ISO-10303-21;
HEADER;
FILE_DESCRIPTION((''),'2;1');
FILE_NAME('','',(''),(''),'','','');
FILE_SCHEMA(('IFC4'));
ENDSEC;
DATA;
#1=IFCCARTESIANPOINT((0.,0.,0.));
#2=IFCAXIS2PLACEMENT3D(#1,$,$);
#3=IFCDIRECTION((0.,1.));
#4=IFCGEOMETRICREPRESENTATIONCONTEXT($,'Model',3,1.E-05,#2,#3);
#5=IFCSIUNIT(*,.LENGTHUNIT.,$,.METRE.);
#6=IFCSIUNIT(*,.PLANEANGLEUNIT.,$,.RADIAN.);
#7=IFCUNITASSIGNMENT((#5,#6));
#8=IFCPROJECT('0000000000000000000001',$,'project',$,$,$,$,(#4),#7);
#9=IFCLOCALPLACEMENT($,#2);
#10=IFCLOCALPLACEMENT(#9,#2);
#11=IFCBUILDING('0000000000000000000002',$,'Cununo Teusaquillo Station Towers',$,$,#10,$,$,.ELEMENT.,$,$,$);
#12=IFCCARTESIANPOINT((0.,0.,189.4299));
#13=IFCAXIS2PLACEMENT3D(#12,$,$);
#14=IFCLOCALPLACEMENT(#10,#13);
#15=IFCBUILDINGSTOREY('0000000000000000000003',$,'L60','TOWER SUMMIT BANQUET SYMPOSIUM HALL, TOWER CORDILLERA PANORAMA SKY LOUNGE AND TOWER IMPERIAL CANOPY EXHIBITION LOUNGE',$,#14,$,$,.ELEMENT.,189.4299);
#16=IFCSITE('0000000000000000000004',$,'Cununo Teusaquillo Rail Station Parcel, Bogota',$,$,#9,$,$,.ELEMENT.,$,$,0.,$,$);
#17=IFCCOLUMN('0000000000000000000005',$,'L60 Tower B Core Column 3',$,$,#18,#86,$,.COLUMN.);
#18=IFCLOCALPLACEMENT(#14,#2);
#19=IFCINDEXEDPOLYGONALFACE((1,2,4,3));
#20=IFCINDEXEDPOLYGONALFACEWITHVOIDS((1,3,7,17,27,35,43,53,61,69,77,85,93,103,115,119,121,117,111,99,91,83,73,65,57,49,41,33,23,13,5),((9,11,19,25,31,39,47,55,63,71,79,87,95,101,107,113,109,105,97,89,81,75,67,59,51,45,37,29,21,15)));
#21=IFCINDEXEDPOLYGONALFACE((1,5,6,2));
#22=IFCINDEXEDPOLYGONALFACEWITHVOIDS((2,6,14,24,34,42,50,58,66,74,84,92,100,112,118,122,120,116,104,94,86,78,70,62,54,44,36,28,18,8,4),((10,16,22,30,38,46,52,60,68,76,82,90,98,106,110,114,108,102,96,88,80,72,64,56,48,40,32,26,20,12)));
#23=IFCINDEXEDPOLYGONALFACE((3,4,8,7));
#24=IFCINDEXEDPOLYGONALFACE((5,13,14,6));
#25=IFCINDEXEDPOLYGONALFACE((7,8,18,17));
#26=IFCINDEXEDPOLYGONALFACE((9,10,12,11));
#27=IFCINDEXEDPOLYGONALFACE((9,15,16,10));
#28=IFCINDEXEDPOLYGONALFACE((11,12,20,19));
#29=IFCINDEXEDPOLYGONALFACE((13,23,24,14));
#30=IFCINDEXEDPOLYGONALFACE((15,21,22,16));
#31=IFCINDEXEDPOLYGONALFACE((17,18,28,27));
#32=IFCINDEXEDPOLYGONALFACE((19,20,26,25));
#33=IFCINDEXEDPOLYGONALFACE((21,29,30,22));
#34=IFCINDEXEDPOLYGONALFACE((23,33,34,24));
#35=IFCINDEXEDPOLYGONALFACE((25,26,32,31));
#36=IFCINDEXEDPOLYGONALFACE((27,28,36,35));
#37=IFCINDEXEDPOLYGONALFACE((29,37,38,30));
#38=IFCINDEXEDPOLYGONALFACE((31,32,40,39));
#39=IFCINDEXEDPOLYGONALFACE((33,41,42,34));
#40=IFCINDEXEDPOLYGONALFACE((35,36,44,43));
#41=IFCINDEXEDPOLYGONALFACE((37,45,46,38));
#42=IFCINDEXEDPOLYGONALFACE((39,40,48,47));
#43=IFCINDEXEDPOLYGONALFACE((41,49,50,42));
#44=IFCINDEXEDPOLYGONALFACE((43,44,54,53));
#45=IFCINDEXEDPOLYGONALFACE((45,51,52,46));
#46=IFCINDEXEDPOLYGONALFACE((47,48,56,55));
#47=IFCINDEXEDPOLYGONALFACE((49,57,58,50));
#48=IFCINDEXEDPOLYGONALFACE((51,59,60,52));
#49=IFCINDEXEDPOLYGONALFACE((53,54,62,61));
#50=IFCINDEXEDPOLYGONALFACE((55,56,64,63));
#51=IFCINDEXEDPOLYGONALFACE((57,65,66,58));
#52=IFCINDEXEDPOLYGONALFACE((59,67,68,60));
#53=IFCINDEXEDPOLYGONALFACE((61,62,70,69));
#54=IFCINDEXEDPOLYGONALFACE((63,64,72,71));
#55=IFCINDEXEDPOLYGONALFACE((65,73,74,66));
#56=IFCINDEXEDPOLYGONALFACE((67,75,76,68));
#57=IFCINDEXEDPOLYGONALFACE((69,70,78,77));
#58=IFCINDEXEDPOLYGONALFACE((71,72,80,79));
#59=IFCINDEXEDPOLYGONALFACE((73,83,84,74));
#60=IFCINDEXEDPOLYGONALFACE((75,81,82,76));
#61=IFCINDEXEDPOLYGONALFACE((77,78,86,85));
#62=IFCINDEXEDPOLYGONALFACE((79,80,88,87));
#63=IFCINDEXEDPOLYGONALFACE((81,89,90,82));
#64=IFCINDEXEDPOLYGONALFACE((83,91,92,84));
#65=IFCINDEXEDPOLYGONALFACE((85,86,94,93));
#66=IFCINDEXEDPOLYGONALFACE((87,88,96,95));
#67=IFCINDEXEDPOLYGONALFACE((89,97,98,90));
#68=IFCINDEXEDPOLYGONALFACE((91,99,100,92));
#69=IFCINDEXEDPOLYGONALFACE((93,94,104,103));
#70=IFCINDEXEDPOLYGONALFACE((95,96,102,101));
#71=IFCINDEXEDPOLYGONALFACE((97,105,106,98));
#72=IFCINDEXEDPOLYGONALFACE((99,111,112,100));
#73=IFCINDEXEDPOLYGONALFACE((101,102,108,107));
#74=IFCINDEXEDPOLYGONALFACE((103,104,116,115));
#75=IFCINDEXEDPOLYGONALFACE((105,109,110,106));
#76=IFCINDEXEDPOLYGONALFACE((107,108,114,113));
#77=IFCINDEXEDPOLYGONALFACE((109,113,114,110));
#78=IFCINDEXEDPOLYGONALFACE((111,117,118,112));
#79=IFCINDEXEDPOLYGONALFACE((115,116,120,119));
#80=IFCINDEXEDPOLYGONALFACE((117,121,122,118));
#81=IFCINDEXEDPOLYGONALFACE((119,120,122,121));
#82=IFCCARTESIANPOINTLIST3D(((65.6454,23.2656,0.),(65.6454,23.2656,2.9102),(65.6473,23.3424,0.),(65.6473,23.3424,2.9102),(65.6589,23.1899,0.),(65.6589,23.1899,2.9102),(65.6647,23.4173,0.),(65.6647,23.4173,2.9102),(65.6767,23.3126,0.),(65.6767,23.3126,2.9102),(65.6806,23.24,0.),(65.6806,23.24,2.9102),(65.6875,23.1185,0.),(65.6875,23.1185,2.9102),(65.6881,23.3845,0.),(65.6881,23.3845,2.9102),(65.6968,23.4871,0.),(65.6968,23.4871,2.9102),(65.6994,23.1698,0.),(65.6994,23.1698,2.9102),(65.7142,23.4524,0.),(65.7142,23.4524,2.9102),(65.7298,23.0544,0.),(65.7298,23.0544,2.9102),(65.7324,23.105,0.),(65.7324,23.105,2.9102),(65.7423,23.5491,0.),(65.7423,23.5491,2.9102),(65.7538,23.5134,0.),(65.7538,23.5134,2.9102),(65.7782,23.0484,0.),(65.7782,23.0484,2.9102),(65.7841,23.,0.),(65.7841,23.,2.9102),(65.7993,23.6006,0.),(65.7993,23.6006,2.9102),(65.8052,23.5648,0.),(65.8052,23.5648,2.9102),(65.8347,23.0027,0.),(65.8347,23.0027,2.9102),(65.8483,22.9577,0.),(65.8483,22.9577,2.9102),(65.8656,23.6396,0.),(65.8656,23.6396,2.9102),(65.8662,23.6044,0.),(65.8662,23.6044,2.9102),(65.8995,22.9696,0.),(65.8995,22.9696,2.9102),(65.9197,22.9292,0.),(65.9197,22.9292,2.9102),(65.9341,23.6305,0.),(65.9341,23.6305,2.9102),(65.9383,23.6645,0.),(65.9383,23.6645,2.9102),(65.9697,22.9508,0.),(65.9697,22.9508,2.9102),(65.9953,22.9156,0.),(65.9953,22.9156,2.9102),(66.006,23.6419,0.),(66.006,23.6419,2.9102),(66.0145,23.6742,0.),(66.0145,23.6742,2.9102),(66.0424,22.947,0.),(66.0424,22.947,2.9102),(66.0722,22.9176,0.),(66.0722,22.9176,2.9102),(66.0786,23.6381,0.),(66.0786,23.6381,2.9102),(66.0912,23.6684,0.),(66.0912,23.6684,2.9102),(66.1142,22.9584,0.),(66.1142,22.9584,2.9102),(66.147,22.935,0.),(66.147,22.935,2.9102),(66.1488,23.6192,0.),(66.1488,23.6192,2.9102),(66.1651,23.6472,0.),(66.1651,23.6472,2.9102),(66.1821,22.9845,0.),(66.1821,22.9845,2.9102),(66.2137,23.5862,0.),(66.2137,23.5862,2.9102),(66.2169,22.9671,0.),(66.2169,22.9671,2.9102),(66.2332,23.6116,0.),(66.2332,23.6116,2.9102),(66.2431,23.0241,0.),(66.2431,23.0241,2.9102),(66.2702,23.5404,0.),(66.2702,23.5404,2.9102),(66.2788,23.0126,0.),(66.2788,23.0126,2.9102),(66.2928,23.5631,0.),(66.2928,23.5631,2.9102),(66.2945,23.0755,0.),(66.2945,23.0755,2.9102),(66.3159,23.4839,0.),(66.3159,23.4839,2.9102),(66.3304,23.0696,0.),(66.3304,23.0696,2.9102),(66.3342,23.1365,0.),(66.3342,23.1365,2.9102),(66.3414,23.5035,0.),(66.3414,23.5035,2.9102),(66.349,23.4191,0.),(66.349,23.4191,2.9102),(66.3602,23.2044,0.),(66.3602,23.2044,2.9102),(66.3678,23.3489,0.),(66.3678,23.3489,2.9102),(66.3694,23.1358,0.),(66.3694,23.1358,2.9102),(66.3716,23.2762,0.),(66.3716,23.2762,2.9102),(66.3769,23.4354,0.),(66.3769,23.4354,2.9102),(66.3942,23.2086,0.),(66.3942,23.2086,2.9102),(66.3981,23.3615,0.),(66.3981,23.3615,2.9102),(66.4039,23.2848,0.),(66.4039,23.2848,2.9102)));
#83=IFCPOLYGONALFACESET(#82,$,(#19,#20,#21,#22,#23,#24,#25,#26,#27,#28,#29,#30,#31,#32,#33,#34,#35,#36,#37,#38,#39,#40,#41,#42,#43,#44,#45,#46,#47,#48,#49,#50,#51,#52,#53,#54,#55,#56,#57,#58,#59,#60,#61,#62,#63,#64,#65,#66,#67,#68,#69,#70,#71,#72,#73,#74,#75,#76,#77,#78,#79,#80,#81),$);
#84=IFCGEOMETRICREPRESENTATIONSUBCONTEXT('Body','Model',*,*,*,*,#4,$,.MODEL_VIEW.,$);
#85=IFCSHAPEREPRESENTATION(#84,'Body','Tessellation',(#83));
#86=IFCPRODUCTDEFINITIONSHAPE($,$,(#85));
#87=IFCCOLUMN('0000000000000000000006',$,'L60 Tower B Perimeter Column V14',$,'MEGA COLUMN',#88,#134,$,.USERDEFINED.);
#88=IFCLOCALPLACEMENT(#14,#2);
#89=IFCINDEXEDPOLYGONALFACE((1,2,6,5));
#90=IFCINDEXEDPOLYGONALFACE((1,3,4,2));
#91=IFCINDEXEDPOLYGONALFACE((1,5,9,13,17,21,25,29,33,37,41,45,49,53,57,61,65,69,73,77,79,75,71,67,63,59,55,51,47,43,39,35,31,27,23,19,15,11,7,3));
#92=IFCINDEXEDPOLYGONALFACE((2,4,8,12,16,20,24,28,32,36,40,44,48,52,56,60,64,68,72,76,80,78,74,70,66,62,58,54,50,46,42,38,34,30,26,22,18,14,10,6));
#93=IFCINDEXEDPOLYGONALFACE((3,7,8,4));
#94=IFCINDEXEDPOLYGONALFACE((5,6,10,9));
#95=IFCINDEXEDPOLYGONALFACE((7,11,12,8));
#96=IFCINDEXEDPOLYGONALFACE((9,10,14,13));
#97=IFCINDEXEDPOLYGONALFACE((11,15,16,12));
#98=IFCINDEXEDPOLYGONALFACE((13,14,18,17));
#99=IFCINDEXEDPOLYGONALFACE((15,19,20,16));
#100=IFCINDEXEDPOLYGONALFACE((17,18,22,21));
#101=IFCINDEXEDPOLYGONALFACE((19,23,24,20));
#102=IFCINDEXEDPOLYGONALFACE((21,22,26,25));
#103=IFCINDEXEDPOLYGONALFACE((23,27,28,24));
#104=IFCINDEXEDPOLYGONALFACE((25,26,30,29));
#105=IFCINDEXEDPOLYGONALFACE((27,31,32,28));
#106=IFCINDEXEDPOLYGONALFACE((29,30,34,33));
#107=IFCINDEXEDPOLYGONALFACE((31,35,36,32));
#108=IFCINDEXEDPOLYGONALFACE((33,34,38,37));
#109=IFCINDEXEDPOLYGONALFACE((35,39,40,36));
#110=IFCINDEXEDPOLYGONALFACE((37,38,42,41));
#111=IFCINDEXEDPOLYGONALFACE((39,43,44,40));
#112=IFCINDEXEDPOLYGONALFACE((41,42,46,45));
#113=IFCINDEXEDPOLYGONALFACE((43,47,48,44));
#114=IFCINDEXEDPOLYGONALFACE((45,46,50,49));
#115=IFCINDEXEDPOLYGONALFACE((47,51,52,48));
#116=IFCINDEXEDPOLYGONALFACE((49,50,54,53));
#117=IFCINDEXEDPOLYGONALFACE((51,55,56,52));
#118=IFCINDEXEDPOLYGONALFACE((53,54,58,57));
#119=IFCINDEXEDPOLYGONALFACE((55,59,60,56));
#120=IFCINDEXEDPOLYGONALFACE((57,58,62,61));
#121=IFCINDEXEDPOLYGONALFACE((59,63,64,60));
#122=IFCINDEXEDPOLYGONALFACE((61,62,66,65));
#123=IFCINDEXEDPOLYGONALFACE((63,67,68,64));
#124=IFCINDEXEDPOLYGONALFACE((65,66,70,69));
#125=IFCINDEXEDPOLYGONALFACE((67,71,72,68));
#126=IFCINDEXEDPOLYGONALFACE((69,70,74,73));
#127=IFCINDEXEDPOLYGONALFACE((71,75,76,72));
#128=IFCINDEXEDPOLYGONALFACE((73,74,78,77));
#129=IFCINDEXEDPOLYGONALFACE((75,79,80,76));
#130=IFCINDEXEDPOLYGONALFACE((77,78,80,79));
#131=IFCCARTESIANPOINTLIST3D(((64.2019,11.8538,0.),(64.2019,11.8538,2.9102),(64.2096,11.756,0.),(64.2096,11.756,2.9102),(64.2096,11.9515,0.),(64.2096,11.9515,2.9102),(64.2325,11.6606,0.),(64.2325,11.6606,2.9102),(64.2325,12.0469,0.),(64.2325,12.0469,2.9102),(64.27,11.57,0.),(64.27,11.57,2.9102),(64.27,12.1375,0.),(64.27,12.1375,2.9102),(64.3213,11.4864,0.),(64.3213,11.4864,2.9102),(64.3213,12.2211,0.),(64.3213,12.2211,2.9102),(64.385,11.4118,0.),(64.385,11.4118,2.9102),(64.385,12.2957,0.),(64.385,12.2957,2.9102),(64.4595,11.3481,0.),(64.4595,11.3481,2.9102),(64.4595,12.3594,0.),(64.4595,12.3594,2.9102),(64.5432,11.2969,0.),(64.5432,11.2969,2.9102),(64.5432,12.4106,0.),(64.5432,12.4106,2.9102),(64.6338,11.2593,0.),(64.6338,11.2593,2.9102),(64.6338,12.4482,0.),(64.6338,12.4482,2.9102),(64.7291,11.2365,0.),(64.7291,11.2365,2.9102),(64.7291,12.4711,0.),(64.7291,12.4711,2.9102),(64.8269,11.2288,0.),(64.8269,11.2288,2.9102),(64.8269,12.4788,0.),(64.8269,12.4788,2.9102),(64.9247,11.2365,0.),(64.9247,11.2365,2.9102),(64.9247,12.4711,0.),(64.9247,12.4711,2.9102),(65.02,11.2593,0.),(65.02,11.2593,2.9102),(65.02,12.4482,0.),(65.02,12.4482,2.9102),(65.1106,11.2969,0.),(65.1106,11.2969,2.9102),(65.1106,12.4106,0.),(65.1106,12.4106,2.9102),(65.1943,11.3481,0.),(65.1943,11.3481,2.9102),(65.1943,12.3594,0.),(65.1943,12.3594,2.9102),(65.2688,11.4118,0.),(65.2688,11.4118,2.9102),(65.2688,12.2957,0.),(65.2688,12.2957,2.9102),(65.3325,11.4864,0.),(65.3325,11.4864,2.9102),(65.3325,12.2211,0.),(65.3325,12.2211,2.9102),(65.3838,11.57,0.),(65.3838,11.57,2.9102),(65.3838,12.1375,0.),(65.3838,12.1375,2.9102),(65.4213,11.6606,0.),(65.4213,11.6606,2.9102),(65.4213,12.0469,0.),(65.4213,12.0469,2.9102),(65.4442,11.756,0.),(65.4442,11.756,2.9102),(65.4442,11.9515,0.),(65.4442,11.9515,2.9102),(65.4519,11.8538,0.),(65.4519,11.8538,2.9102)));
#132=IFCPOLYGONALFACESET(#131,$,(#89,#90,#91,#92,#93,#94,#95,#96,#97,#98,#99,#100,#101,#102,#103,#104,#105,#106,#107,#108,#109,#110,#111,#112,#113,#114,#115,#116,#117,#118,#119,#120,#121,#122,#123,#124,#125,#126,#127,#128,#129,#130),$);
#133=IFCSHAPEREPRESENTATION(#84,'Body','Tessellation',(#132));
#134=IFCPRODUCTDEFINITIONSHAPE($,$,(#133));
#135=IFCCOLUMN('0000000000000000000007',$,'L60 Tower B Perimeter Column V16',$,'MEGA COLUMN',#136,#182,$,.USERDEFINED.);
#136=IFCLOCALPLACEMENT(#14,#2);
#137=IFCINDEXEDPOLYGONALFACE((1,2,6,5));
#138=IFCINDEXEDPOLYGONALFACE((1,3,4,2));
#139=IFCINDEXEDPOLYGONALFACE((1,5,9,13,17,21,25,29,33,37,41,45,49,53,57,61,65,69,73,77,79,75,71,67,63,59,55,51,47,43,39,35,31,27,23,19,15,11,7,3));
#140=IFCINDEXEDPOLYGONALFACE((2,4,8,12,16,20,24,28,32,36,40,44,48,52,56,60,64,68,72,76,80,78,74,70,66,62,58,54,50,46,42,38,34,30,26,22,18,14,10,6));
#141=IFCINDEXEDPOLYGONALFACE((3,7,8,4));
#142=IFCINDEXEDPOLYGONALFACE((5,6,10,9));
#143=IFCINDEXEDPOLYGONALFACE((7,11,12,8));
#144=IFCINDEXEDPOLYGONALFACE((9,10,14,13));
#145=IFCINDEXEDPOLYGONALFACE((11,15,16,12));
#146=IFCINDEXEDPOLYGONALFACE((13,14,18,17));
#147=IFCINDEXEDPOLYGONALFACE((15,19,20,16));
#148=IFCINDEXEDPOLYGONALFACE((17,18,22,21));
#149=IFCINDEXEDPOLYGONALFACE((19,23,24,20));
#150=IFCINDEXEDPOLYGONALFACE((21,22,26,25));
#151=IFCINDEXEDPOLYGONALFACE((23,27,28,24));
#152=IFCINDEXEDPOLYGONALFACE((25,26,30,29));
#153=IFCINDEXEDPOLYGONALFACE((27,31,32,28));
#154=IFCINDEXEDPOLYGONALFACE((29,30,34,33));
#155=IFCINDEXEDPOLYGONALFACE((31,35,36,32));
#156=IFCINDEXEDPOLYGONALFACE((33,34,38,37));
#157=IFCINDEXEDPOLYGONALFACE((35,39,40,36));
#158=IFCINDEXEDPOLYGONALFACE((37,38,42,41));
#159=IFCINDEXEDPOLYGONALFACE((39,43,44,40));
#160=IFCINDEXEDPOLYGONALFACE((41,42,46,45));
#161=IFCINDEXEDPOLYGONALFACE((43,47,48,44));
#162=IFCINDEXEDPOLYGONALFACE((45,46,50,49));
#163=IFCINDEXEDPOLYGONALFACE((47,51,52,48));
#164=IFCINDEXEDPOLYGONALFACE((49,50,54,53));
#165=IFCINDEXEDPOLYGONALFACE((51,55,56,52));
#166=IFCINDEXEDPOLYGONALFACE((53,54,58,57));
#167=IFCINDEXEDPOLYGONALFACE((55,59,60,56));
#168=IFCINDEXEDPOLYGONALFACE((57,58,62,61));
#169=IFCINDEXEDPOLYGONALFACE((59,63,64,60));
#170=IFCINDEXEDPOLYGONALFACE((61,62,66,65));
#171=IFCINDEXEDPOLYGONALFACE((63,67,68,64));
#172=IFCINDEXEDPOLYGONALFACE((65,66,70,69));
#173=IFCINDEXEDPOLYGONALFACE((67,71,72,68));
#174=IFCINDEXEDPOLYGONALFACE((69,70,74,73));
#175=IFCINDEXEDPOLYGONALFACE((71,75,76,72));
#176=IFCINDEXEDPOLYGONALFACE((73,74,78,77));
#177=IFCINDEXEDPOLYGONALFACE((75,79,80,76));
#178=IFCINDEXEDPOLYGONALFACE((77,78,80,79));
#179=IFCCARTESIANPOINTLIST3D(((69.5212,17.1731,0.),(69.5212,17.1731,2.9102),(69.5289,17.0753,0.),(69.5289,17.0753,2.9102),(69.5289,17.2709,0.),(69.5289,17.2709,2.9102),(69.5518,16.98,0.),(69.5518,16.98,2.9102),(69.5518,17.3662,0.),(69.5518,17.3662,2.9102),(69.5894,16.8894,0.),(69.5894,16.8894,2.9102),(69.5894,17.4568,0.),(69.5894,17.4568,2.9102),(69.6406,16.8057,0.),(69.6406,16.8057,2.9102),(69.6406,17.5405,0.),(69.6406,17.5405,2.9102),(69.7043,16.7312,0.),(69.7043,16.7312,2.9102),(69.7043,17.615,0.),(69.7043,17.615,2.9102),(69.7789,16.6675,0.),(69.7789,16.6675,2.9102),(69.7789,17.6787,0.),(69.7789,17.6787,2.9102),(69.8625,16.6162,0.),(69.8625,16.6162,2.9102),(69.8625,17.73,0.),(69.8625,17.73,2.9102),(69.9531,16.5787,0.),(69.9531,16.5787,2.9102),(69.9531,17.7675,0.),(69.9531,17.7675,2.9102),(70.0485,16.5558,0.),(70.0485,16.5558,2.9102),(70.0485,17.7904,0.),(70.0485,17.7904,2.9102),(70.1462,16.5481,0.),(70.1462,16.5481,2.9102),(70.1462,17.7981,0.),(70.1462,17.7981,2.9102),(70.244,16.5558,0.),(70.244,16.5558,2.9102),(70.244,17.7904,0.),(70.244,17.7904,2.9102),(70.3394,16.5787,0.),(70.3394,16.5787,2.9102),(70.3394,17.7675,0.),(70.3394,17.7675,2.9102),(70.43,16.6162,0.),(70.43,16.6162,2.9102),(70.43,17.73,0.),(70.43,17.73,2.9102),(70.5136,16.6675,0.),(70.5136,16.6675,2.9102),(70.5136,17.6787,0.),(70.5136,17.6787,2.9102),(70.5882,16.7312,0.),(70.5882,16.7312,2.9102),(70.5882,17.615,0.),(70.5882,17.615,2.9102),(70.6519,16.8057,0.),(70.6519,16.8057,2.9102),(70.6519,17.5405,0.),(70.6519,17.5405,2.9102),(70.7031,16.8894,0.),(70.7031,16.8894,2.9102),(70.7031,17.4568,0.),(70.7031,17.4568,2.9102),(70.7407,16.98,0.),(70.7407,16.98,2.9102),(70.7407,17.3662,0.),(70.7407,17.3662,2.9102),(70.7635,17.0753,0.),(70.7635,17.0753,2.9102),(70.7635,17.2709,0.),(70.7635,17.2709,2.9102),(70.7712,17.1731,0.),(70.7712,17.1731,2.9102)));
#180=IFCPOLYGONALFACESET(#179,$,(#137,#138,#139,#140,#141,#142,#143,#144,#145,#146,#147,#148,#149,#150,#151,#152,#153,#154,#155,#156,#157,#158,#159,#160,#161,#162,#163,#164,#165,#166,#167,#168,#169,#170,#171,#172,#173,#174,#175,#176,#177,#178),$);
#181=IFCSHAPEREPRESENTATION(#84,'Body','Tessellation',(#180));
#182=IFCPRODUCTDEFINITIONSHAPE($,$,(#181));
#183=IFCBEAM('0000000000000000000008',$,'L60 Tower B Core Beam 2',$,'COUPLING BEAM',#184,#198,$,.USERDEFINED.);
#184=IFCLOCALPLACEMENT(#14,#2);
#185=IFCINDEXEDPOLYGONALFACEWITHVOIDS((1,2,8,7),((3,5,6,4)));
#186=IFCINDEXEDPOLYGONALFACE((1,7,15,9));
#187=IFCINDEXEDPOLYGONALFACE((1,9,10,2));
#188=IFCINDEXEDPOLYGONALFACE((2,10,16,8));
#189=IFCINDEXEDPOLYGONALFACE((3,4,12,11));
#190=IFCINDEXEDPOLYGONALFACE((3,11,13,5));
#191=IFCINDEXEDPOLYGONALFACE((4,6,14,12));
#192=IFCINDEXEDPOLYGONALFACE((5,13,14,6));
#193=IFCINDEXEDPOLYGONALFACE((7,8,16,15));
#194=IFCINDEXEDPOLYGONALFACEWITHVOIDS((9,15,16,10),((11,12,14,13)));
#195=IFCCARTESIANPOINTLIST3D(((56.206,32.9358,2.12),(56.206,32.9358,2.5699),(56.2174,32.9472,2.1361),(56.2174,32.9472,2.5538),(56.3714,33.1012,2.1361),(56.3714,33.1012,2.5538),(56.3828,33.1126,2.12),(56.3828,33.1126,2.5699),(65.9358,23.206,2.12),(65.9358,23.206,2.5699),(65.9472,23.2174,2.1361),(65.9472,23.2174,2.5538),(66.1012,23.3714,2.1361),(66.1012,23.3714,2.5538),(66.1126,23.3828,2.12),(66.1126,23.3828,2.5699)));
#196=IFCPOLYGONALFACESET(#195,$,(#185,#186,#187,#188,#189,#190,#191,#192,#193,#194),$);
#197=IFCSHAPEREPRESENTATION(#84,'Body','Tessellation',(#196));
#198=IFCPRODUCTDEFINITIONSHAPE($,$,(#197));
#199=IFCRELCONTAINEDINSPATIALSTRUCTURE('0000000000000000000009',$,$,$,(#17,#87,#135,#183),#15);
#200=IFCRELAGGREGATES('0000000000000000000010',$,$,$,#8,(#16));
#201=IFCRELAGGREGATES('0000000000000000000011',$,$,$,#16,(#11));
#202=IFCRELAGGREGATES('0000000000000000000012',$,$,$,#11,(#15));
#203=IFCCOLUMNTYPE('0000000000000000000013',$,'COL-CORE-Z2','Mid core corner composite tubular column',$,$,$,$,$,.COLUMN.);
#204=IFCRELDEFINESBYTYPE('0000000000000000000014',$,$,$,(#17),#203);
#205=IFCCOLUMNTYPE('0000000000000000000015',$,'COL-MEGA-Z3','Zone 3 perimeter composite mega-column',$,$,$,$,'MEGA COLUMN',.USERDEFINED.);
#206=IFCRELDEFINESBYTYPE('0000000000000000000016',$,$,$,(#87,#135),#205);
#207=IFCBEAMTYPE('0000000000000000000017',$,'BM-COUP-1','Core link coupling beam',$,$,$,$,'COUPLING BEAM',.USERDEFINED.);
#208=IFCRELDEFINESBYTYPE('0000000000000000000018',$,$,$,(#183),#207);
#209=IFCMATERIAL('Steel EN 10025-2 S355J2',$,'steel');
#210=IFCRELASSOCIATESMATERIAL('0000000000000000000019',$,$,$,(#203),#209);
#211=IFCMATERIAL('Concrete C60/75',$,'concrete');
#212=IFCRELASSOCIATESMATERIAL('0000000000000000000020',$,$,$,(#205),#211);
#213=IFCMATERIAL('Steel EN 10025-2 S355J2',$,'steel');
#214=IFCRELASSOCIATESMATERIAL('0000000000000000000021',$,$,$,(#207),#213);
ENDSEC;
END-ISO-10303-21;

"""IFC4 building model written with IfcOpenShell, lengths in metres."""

from ifc_helpers import new_model, si_unit, direction, frame, origin, origin_2d, place, context, subcontext, project, spatial, hollow_rectangle, circle, hollow_circle, extrude, material, material_profile, profile_set, type_object, element, save


model = new_model("IFC4")

# Units and contexts
model_context = context("Model", 3, precision=1e-05, world=origin(), true_north=direction((0.0, 1.0)))
body_context = subcontext(model_context, "Body", "Model", "MODEL_VIEW")
ifc_project = project(units=[si_unit("LENGTHUNIT", "METRE"), si_unit("PLANEANGLEUNIT", "RADIAN")], contexts=[model_context])

# Site, building, storey
site_placement = place(None, origin())
site = spatial("IfcSite", under=ifc_project, at=site_placement, Name="Cununo Teusaquillo Rail Station Parcel, Bogota", CompositionType="ELEMENT", RefElevation=0.0)
building_placement = place(site_placement, origin())
building = spatial("IfcBuilding", under=site, at=building_placement, Name="Cununo Teusaquillo Station Towers", CompositionType="ELEMENT")
storey_placement = place(building_placement, frame((0.0, 0.0, 189.4299)))
storey = spatial("IfcBuildingStorey", under=building, at=storey_placement, Name="L60", Description="TOWER SUMMIT BANQUET SYMPOSIUM HALL, TOWER CORDILLERA PANORAMA SKY LOUNGE AND TOWER IMPERIAL CANOPY EXHIBITION LOUNGE", CompositionType="ELEMENT", Elevation=189.4299)

# Columns
ifc_material_1 = material(Name="Steel EN 10025-2 S355J2", Category="steel")
ifc_material_profile_1 = material_profile(ifc_material_1, hollow_circle(Radius=0.3799, WallThickness=0.032, at=origin_2d()), Name="CHS 760x32")
ifc_profile_set_1 = profile_set([ifc_material_profile_1], Name="Steel EN 10025-2 S355J2")
column_type_1 = type_object("IfcColumnType", Name="COL-CORE-Z2", Description="Mid core corner composite tubular column", PredefinedType="COLUMN", material=ifc_profile_set_1)
column_placement = place(storey_placement, frame((66.0242, 23.2944, 0.0), z_axis=(0.0, 0.0, 1.0), x_axis=(0.707107, 0.707107, 0.0)))
element("IfcColumn", 1, at=column_placement, inside=storey, type_object=column_type_1, Name="L60 Tower B Core Column 3", PredefinedType="COLUMN", context=body_context, shape_type="SweptSolid", body=[
    extrude(hollow_circle(Radius=0.3799, WallThickness=0.032, at=origin_2d()), origin(), (0.0, 0.0, 1.0), 2.9102),
])
ifc_material_2 = material(Name="Concrete C60/75", Category="concrete")
ifc_material_profile_2 = material_profile(ifc_material_2, circle(Radius=0.625, at=origin_2d()), Name="RC-CIRC-1250")
ifc_profile_set_2 = profile_set([ifc_material_profile_2], Name="Concrete C60/75")
column_type_2 = type_object("IfcColumnType", Name="COL-MEGA-Z3", Description="Zone 3 perimeter composite mega-column", ElementType="MEGA COLUMN", PredefinedType="USERDEFINED", material=ifc_profile_set_2)
for number, where, z_axis, x_axis, name in (
    (2, (64.8269, 11.8538, 0.0), (0.0, 0.0, 1.0), (1.0, 0.0, 0.0), "L60 Tower B Perimeter Column V14"),
    (3, (70.1462, 17.1731, 0.0), (0.0, 0.0, 1.0), (1.0, 0.0, 0.0), "L60 Tower B Perimeter Column V16"),
):
    element("IfcColumn", number, at=place(storey_placement, frame(where, z_axis=z_axis, x_axis=x_axis)), inside=storey, type_object=column_type_2, Name=name, ObjectType="MEGA COLUMN", PredefinedType="USERDEFINED", context=body_context, shape_type="SweptSolid", body=[
        extrude(circle(Radius=0.625, at=origin_2d()), origin(), (0.0, 0.0, 1.0), 2.9102),
    ])

# Beam
ifc_material_3 = material(Name="Steel EN 10025-2 S355J2", Category="steel")
ifc_material_profile_3 = material_profile(ifc_material_3, hollow_rectangle(XDim=0.25, YDim=0.45, WallThickness=0.0161, at=origin_2d()), Name="RHS 450x250x16")
ifc_profile_set_3 = profile_set([ifc_material_profile_3], Name="Steel EN 10025-2 S355J2")
beam_type_1 = type_object("IfcBeamType", Name="BM-COUP-1", Description="Core link coupling beam", ElementType="COUPLING BEAM", PredefinedType="USERDEFINED", material=ifc_profile_set_3)
beam_1_placement = place(storey_placement, frame((66.0242, 23.2944, 2.345), z_axis=(-0.707107, 0.707107, 0.0), x_axis=(-0.707107, -0.707107, 0.0)))
element("IfcBeam", 4, at=beam_1_placement, inside=storey, type_object=beam_type_1, Name="L60 Tower B Core Beam 2", ObjectType="COUPLING BEAM", PredefinedType="USERDEFINED", context=body_context, shape_type="SweptSolid", body=[
    extrude(hollow_rectangle(XDim=0.25, YDim=0.45, WallThickness=0.0161, at=origin_2d()), origin(), (0.0, 0.0, 1.0), 13.76),
])

save(model, "model.ifc")
